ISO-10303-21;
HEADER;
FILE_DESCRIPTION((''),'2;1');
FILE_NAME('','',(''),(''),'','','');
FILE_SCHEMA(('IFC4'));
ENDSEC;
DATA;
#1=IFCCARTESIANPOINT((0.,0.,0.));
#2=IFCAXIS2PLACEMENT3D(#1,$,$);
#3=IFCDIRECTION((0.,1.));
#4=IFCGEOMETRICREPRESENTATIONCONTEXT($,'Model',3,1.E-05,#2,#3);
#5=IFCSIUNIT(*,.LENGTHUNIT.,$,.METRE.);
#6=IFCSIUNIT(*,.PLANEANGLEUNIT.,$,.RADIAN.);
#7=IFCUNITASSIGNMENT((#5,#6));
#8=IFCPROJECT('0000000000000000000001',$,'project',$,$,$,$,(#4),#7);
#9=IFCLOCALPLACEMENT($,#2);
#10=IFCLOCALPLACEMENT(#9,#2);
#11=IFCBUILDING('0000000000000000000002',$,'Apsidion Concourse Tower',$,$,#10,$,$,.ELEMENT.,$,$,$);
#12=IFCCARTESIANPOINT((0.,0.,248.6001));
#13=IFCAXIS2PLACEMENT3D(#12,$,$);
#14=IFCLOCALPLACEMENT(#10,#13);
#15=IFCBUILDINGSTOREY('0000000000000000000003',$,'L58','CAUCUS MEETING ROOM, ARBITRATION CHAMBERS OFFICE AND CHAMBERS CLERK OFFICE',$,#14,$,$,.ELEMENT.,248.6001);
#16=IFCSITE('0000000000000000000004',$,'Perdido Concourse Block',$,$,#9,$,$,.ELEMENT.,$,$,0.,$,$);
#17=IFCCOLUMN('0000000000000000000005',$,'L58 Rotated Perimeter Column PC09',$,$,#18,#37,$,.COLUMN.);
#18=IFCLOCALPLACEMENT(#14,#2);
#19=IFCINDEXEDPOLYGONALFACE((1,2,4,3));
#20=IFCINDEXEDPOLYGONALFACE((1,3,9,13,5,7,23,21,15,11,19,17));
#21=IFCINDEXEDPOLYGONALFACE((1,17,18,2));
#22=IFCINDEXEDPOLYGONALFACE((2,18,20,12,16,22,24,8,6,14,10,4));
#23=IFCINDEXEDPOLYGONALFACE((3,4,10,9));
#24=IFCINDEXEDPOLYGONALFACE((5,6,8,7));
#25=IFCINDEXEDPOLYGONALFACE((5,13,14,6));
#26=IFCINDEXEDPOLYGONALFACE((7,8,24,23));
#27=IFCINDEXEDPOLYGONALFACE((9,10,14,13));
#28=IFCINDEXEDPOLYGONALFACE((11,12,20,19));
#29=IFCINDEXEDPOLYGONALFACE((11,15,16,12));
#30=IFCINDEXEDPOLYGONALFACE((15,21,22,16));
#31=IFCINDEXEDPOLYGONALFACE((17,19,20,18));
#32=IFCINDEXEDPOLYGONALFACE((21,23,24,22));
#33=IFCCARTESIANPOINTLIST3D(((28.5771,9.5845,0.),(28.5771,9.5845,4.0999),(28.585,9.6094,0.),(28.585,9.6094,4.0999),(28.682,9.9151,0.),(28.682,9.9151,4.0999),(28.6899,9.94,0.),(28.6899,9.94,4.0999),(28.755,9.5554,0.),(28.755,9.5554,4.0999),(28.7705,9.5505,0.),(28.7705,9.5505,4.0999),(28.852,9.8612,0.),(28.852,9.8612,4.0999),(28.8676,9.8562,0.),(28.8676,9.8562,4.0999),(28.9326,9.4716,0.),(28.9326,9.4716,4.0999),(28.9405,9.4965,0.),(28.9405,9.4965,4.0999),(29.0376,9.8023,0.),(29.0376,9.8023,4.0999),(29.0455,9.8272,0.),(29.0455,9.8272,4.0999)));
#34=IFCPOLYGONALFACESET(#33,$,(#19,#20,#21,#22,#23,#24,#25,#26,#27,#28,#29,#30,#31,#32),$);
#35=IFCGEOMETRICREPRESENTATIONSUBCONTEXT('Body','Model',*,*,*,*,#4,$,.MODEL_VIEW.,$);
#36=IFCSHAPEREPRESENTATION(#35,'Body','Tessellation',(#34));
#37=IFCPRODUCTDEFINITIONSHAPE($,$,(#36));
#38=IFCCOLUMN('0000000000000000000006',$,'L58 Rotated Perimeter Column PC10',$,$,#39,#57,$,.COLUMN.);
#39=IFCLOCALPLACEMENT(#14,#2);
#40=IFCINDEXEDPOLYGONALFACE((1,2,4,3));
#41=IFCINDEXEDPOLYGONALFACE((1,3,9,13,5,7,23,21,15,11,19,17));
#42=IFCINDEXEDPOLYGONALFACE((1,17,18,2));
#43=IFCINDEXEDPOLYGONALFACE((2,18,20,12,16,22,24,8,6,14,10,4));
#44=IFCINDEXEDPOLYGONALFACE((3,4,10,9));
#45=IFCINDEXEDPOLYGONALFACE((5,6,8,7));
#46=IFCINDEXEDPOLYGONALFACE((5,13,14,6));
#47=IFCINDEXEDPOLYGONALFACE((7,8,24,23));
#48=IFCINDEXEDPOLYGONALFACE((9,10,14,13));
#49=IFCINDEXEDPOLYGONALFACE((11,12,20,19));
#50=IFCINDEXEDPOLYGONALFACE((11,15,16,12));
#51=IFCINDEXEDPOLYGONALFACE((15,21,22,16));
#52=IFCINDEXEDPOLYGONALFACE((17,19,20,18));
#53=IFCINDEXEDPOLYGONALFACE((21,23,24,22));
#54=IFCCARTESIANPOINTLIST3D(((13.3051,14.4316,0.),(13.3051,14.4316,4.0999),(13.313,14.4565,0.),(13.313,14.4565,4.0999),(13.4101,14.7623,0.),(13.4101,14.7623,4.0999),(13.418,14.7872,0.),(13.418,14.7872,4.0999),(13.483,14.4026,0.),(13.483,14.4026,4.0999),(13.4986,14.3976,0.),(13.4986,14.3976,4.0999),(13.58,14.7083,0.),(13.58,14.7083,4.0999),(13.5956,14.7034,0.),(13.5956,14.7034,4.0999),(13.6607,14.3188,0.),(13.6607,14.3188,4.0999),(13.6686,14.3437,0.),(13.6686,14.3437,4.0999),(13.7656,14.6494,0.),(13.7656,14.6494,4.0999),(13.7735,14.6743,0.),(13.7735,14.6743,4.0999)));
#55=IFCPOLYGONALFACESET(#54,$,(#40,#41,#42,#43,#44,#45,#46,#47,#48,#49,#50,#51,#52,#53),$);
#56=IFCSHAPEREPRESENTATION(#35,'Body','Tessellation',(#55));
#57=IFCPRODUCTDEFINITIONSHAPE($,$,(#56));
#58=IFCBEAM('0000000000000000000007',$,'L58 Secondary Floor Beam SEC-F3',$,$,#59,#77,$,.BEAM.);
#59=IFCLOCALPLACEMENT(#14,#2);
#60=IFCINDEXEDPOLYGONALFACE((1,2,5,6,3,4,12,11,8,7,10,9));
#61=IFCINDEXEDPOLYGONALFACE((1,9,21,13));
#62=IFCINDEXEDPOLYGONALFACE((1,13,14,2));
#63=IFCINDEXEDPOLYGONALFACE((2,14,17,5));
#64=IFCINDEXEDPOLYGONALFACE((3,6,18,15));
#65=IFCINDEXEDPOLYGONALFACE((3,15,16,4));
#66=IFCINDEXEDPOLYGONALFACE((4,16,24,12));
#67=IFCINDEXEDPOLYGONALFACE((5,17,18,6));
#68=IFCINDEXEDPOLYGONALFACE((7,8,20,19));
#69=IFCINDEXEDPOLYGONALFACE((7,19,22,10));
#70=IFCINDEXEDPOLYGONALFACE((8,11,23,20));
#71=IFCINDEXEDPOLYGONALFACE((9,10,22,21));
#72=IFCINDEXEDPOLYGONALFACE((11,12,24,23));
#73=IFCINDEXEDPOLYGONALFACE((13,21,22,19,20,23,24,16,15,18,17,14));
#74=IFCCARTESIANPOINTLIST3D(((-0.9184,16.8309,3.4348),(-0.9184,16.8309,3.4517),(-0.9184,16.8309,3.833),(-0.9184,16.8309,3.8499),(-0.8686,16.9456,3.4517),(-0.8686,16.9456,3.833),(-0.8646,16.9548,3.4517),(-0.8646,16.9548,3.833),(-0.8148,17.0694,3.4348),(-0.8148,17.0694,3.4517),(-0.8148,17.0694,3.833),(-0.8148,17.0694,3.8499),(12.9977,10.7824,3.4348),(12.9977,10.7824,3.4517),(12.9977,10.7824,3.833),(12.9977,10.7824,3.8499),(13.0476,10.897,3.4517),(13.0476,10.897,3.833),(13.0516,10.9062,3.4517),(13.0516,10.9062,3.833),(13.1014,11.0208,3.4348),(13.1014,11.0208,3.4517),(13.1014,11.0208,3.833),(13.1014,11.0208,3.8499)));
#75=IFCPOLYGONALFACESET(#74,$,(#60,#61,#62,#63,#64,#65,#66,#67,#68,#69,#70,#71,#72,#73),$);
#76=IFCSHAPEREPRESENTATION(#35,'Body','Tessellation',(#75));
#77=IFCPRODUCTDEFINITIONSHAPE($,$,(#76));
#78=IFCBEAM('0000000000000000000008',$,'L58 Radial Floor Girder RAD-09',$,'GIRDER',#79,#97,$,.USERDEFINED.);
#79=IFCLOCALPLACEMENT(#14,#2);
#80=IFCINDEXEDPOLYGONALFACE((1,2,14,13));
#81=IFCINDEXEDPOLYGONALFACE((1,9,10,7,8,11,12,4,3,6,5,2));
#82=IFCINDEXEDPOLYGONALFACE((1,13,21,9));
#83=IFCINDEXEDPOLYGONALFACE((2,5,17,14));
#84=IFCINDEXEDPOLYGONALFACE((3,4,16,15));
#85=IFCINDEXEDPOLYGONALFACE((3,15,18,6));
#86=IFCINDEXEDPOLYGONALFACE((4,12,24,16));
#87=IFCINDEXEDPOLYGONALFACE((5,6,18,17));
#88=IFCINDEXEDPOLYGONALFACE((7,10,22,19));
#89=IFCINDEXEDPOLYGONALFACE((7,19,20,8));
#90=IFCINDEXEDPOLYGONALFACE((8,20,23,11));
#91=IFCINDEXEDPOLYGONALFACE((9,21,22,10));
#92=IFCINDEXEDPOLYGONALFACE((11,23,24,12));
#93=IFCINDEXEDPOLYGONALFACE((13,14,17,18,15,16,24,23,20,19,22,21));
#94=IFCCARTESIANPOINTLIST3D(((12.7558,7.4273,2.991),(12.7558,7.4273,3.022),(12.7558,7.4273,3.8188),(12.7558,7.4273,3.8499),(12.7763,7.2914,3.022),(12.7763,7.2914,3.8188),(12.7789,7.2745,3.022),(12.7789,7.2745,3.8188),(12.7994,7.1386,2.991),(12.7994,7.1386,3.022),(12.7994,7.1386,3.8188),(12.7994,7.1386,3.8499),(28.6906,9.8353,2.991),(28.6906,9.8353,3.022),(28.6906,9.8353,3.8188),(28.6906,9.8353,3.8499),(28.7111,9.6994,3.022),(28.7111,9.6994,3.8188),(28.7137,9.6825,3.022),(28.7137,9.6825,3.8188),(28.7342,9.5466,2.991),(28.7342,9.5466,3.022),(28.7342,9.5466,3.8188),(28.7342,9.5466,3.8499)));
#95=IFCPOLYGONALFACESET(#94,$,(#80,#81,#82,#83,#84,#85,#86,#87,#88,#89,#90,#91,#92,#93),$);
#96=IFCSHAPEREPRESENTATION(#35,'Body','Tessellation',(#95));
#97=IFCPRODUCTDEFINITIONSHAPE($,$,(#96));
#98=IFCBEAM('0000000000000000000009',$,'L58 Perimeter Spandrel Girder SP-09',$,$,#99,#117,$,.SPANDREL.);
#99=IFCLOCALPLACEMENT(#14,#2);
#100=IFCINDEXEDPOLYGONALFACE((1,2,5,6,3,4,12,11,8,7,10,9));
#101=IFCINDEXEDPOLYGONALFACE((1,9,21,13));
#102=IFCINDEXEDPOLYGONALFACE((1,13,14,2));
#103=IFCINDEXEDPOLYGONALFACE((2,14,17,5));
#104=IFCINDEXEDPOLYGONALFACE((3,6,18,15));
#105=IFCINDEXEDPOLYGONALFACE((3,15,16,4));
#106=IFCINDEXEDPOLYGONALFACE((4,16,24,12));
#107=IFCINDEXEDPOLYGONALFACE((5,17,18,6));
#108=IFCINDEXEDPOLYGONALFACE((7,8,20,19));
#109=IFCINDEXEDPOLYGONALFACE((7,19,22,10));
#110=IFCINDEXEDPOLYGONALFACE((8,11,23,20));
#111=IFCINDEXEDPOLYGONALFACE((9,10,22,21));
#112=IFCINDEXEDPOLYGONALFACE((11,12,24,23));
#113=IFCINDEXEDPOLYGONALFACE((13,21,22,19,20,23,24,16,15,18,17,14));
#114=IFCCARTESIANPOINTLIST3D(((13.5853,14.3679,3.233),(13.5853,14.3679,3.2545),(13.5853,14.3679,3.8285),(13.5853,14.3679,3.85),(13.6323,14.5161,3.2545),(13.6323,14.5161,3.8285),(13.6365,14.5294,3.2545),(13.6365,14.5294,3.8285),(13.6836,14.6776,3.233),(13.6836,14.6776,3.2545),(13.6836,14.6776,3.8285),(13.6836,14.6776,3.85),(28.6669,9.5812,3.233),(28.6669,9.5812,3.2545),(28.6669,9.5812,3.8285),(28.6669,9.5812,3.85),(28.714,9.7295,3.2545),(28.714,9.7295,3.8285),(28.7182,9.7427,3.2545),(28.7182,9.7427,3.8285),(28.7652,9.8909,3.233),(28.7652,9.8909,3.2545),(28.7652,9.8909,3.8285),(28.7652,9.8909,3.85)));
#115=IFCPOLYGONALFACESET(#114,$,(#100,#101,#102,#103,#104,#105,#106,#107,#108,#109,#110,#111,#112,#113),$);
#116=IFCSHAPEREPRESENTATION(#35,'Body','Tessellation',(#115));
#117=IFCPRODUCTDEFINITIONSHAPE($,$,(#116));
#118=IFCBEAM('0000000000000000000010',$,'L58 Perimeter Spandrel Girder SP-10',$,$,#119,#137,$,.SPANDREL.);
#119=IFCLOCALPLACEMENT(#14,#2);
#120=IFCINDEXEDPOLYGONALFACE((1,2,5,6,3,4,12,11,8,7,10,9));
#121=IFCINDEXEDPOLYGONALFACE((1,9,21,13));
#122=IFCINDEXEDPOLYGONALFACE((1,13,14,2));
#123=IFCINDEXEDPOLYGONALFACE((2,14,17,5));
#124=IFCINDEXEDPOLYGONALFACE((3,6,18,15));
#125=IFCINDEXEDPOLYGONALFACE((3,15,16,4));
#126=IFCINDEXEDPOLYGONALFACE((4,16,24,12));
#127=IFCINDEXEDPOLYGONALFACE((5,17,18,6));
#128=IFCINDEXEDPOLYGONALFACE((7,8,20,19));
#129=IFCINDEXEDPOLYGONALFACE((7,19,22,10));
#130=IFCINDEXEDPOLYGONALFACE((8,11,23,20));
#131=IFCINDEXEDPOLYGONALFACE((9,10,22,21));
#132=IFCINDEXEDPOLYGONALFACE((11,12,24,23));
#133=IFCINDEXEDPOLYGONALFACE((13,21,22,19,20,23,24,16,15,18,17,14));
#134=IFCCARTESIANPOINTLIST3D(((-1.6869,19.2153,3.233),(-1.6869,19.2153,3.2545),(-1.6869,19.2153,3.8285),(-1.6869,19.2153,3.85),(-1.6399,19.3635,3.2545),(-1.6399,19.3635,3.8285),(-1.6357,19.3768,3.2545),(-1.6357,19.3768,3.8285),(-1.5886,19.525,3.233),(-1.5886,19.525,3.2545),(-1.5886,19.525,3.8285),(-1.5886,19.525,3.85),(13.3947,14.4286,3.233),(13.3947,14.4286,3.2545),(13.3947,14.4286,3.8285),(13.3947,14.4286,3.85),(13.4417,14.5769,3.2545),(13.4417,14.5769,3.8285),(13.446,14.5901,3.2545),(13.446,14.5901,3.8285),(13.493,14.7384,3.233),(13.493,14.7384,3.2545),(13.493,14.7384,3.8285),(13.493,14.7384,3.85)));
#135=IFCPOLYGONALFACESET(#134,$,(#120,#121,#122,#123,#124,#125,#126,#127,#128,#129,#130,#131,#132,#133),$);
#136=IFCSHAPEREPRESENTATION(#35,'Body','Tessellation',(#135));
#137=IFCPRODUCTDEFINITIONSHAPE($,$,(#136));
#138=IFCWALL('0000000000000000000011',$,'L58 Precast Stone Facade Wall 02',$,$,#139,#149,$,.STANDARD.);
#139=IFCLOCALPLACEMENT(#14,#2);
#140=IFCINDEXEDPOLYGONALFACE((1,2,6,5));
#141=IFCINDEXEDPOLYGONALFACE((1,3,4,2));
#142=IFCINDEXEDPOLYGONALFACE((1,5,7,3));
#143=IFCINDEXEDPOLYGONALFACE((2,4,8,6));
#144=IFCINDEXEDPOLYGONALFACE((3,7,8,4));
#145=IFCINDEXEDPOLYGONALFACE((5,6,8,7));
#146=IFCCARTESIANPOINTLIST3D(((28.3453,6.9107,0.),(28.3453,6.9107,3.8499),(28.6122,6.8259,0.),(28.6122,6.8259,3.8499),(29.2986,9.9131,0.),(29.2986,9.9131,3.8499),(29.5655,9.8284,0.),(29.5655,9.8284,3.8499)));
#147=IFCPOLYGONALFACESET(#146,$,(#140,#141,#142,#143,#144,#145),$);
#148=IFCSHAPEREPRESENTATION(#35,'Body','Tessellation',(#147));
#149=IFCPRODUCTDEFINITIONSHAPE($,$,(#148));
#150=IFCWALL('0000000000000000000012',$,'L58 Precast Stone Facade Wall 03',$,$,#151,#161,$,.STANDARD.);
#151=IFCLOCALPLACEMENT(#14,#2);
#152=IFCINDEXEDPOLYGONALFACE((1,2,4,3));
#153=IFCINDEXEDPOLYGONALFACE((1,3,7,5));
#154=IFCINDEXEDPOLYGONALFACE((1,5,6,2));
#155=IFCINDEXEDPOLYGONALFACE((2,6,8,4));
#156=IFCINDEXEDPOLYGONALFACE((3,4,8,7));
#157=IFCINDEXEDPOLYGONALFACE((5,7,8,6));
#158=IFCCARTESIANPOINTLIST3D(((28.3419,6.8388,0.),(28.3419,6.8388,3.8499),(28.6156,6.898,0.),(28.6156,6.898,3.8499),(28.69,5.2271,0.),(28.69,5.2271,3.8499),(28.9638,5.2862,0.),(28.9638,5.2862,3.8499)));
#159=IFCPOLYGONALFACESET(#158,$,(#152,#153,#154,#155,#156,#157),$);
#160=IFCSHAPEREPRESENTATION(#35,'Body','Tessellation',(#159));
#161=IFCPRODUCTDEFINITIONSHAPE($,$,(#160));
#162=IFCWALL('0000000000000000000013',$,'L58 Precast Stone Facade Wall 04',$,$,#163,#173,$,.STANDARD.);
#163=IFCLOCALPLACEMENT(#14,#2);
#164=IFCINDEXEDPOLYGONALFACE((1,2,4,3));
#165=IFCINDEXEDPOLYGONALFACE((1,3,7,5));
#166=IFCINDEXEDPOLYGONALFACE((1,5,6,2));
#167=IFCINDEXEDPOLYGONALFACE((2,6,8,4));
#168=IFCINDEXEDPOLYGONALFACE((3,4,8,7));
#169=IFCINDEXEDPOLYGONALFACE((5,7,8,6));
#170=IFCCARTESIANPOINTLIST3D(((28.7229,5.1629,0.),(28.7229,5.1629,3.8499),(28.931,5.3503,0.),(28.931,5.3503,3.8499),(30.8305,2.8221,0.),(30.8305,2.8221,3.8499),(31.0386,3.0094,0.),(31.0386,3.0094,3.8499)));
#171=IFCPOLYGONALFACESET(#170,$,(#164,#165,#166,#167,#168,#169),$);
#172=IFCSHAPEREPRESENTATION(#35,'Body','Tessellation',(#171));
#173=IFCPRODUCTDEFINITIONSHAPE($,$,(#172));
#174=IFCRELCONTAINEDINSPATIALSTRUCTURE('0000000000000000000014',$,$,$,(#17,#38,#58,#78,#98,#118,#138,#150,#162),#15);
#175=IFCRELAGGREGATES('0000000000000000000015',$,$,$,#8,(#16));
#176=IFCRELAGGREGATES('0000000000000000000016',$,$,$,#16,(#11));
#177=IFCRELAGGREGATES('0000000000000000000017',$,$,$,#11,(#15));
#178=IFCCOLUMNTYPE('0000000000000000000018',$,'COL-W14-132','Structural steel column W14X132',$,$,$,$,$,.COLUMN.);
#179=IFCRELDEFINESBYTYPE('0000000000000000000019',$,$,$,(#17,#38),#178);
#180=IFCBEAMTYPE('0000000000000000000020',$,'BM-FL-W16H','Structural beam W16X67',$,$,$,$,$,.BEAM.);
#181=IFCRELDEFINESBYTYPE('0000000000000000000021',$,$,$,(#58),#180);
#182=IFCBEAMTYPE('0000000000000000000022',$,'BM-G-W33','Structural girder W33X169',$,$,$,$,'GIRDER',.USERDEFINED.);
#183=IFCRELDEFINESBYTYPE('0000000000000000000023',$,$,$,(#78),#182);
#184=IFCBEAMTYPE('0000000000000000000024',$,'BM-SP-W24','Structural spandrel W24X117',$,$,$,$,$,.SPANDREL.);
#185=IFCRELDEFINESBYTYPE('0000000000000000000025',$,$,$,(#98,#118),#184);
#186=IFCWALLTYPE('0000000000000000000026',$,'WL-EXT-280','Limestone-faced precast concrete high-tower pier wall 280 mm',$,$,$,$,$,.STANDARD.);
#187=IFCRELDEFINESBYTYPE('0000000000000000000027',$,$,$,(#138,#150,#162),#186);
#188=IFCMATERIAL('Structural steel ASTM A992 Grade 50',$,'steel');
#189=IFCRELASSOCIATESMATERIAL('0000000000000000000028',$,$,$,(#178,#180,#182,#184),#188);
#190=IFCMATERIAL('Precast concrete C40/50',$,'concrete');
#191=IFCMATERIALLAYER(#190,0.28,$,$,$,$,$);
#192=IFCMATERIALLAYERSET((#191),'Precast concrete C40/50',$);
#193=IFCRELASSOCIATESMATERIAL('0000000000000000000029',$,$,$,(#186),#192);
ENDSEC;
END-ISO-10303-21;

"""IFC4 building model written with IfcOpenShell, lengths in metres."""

from ifc_helpers import new_model, si_unit, direction, frame, frame_2d, origin, origin_2d, place, context, subcontext, project, spatial, rectangle, i_section, extrude, material, layer, layer_set, material_profile, profile_set, type_object, element, save


model = new_model("IFC4")

# Units and contexts
model_context = context("Model", 3, precision=1e-05, world=origin(), true_north=direction((0.0, 1.0)))
body_context = subcontext(model_context, "Body", "Model", "MODEL_VIEW")
ifc_project = project(units=[si_unit("LENGTHUNIT", "METRE"), si_unit("PLANEANGLEUNIT", "RADIAN")], contexts=[model_context])

# Site, building, storey
site_placement = place(None, origin())
site = spatial("IfcSite", under=ifc_project, at=site_placement, Name="Perdido Concourse Block", CompositionType="ELEMENT", RefElevation=0.0)
building_placement = place(site_placement, origin())
building = spatial("IfcBuilding", under=site, at=building_placement, Name="Apsidion Concourse Tower", CompositionType="ELEMENT")
storey_placement = place(building_placement, frame((0.0, 0.0, 248.6001)))
storey = spatial("IfcBuildingStorey", under=building, at=storey_placement, Name="L58", Description="CAUCUS MEETING ROOM, ARBITRATION CHAMBERS OFFICE AND CHAMBERS CLERK OFFICE", CompositionType="ELEMENT", Elevation=248.6001)

# Columns
ifc_material_1 = material(Name="Structural steel ASTM A992 Grade 50", Category="steel")
ifc_material_profile_1 = material_profile(ifc_material_1, i_section(OverallWidth=0.373, OverallDepth=0.373, WebThickness=0.0164, FlangeThickness=0.0261, at=origin_2d()), Name="W14X132")
ifc_profile_set_1 = profile_set([ifc_material_profile_1], Name="Structural steel ASTM A992 Grade 50")
column_type = type_object("IfcColumnType", Name="COL-W14-132", Description="Structural steel column W14X132", PredefinedType="COLUMN", material=ifc_profile_set_1)
for number, where, z_axis, x_axis, name in (
    (1, (28.8113, 9.7058, 0.0), (0.0, 0.0, 1.0), (-0.953138, 0.302536, 0.0), "L58 Rotated Perimeter Column PC09"),
    (2, (13.5393, 14.553, 0.0), (0.0, 0.0, 1.0), (-0.953138, 0.302536, 0.0), "L58 Rotated Perimeter Column PC10"),
):
    element("IfcColumn", number, at=place(storey_placement, frame(where, z_axis=z_axis, x_axis=x_axis)), inside=storey, type_object=column_type, Name=name, PredefinedType="COLUMN", context=body_context, shape_type="SweptSolid", body=[
        extrude(i_section(OverallWidth=0.373, OverallDepth=0.373, WebThickness=0.0164, FlangeThickness=0.0261, at=origin_2d()), origin(), (0.0, 0.0, 1.0), 4.0999),
    ])

# Beams
ifc_material_profile_2 = material_profile(ifc_material_1, i_section(OverallWidth=0.26, OverallDepth=0.415, WebThickness=0.01, FlangeThickness=0.0168, at=origin_2d()), Name="W16X67")
ifc_profile_set_2 = profile_set([ifc_material_profile_2], Name="Structural steel ASTM A992 Grade 50")
beam_type_1 = type_object("IfcBeamType", Name="BM-FL-W16H", Description="Structural beam W16X67", PredefinedType="BEAM", material=ifc_profile_set_2)
beam_1_placement = place(storey_placement, frame((13.0496, 10.9016, 3.6423), z_axis=(-0.917117, 0.398617, 0.0), x_axis=(-0.398617, -0.917117, 0.0)))
element("IfcBeam", 3, at=beam_1_placement, inside=storey, type_object=beam_type_1, Name="L58 Secondary Floor Beam SEC-F3", PredefinedType="BEAM", context=body_context, shape_type="SweptSolid", body=[
    extrude(i_section(OverallWidth=0.26, OverallDepth=0.415, WebThickness=0.01, FlangeThickness=0.0168, at=origin_2d()), origin(), (0.0, 0.0, 1.0), 15.1738),
])
ifc_material_profile_3 = material_profile(ifc_material_1, i_section(OverallWidth=0.292, OverallDepth=0.8589, WebThickness=0.0171, FlangeThickness=0.031, at=origin_2d()), Name="W33X169")
ifc_profile_set_3 = profile_set([ifc_material_profile_3], Name="Structural steel ASTM A992 Grade 50")
beam_type_2 = type_object("IfcBeamType", Name="BM-G-W33", Description="Structural girder W33X169", ElementType="GIRDER", PredefinedType="USERDEFINED", material=ifc_profile_set_3)
beam_2_placement = place(storey_placement, frame((12.7776, 7.283, 3.4204), z_axis=(0.988774, 0.149417, 0.0), x_axis=(-0.149417, 0.988774, 0.0)))
element("IfcBeam", 4, at=beam_2_placement, inside=storey, type_object=beam_type_2, Name="L58 Radial Floor Girder RAD-09", ObjectType="GIRDER", PredefinedType="USERDEFINED", context=body_context, shape_type="SweptSolid", body=[
    extrude(i_section(OverallWidth=0.292, OverallDepth=0.8589, WebThickness=0.0171, FlangeThickness=0.031, at=origin_2d()), origin(), (0.0, 0.0, 1.0), 16.1157),
])
ifc_material_profile_4 = material_profile(ifc_material_1, i_section(OverallWidth=0.325, OverallDepth=0.6169, WebThickness=0.0139, FlangeThickness=0.0215, at=origin_2d()), Name="W24X117")
ifc_profile_set_4 = profile_set([ifc_material_profile_4], Name="Structural steel ASTM A992 Grade 50")
beam_type_3 = type_object("IfcBeamType", Name="BM-SP-W24", Description="Structural spandrel W24X117", PredefinedType="SPANDREL", material=ifc_profile_set_4)
for number, where, z_axis, x_axis, name in (
    (5, (28.7161, 9.7361, 3.5415), (-0.953146, 0.302512, 0.0), (-0.302512, -0.953146, 0.0), "L58 Perimeter Spandrel Girder SP-09"),
    (6, (13.4438, 14.5835, 3.5415), (-0.953146, 0.302512, 0.0), (-0.302512, -0.953146, 0.0), "L58 Perimeter Spandrel Girder SP-10"),
):
    element("IfcBeam", number, at=place(storey_placement, frame(where, z_axis=z_axis, x_axis=x_axis)), inside=storey, type_object=beam_type_3, Name=name, PredefinedType="SPANDREL", context=body_context, shape_type="SweptSolid", body=[
        extrude(i_section(OverallWidth=0.325, OverallDepth=0.6169, WebThickness=0.0139, FlangeThickness=0.0215, at=origin_2d()), origin(), (0.0, 0.0, 1.0), 15.823),
    ])

# Walls
ifc_material_2 = material(Name="Precast concrete C40/50", Category="concrete")
ifc_layer_1 = layer(ifc_material_2, 0.28)
ifc_layer_set_1 = layer_set([ifc_layer_1], Name="Precast concrete C40/50")
wall_type_1 = type_object("IfcWallType", Name="WL-EXT-280", Description="Limestone-faced precast concrete high-tower pier wall 280 mm", PredefinedType="STANDARD", material=ifc_layer_set_1)
wall_1_placement = place(storey_placement, frame((29.4321, 9.8708, 0.0), z_axis=(0.0, 0.0, 1.0), x_axis=(-0.302641, -0.953105, 0.0)))
element("IfcWall", 7, at=wall_1_placement, inside=storey, type_object=wall_type_1, Name="L58 Precast Stone Facade Wall 02", PredefinedType="STANDARD", context=body_context, shape_type="SweptSolid", body=[
    extrude(rectangle(XDim=3.1501, YDim=0.28, at=frame_2d((1.5752, 0.0))), origin(), (0.0, 0.0, 1.0), 3.8499),
])
wall_2_placement = place(storey_placement, frame((28.4788, 6.8684, 0.0), z_axis=(0.0, 0.0, 1.0), x_axis=(0.211126, -0.977459, 0.0)))
element("IfcWall", 8, at=wall_2_placement, inside=storey, type_object=wall_type_1, Name="L58 Precast Stone Facade Wall 03", PredefinedType="STANDARD", context=body_context, shape_type="SweptSolid", body=[
    extrude(rectangle(XDim=1.6489, YDim=0.28, at=frame_2d((0.8245, 0.0))), origin(), (0.0, 0.0, 1.0), 3.8499),
])
wall_3_placement = place(storey_placement, frame((28.8269, 5.2566, 0.0), z_axis=(0.0, 0.0, 1.0), x_axis=(0.669127, -0.743148, 0.0)))
element("IfcWall", 9, at=wall_3_placement, inside=storey, type_object=wall_type_1, Name="L58 Precast Stone Facade Wall 04", PredefinedType="STANDARD", context=body_context, shape_type="SweptSolid", body=[
    extrude(rectangle(XDim=3.1499, YDim=0.28, at=frame_2d((1.575, 0.0))), origin(), (0.0, 0.0, 1.0), 3.8499),
])

save(model, "model.ifc")
